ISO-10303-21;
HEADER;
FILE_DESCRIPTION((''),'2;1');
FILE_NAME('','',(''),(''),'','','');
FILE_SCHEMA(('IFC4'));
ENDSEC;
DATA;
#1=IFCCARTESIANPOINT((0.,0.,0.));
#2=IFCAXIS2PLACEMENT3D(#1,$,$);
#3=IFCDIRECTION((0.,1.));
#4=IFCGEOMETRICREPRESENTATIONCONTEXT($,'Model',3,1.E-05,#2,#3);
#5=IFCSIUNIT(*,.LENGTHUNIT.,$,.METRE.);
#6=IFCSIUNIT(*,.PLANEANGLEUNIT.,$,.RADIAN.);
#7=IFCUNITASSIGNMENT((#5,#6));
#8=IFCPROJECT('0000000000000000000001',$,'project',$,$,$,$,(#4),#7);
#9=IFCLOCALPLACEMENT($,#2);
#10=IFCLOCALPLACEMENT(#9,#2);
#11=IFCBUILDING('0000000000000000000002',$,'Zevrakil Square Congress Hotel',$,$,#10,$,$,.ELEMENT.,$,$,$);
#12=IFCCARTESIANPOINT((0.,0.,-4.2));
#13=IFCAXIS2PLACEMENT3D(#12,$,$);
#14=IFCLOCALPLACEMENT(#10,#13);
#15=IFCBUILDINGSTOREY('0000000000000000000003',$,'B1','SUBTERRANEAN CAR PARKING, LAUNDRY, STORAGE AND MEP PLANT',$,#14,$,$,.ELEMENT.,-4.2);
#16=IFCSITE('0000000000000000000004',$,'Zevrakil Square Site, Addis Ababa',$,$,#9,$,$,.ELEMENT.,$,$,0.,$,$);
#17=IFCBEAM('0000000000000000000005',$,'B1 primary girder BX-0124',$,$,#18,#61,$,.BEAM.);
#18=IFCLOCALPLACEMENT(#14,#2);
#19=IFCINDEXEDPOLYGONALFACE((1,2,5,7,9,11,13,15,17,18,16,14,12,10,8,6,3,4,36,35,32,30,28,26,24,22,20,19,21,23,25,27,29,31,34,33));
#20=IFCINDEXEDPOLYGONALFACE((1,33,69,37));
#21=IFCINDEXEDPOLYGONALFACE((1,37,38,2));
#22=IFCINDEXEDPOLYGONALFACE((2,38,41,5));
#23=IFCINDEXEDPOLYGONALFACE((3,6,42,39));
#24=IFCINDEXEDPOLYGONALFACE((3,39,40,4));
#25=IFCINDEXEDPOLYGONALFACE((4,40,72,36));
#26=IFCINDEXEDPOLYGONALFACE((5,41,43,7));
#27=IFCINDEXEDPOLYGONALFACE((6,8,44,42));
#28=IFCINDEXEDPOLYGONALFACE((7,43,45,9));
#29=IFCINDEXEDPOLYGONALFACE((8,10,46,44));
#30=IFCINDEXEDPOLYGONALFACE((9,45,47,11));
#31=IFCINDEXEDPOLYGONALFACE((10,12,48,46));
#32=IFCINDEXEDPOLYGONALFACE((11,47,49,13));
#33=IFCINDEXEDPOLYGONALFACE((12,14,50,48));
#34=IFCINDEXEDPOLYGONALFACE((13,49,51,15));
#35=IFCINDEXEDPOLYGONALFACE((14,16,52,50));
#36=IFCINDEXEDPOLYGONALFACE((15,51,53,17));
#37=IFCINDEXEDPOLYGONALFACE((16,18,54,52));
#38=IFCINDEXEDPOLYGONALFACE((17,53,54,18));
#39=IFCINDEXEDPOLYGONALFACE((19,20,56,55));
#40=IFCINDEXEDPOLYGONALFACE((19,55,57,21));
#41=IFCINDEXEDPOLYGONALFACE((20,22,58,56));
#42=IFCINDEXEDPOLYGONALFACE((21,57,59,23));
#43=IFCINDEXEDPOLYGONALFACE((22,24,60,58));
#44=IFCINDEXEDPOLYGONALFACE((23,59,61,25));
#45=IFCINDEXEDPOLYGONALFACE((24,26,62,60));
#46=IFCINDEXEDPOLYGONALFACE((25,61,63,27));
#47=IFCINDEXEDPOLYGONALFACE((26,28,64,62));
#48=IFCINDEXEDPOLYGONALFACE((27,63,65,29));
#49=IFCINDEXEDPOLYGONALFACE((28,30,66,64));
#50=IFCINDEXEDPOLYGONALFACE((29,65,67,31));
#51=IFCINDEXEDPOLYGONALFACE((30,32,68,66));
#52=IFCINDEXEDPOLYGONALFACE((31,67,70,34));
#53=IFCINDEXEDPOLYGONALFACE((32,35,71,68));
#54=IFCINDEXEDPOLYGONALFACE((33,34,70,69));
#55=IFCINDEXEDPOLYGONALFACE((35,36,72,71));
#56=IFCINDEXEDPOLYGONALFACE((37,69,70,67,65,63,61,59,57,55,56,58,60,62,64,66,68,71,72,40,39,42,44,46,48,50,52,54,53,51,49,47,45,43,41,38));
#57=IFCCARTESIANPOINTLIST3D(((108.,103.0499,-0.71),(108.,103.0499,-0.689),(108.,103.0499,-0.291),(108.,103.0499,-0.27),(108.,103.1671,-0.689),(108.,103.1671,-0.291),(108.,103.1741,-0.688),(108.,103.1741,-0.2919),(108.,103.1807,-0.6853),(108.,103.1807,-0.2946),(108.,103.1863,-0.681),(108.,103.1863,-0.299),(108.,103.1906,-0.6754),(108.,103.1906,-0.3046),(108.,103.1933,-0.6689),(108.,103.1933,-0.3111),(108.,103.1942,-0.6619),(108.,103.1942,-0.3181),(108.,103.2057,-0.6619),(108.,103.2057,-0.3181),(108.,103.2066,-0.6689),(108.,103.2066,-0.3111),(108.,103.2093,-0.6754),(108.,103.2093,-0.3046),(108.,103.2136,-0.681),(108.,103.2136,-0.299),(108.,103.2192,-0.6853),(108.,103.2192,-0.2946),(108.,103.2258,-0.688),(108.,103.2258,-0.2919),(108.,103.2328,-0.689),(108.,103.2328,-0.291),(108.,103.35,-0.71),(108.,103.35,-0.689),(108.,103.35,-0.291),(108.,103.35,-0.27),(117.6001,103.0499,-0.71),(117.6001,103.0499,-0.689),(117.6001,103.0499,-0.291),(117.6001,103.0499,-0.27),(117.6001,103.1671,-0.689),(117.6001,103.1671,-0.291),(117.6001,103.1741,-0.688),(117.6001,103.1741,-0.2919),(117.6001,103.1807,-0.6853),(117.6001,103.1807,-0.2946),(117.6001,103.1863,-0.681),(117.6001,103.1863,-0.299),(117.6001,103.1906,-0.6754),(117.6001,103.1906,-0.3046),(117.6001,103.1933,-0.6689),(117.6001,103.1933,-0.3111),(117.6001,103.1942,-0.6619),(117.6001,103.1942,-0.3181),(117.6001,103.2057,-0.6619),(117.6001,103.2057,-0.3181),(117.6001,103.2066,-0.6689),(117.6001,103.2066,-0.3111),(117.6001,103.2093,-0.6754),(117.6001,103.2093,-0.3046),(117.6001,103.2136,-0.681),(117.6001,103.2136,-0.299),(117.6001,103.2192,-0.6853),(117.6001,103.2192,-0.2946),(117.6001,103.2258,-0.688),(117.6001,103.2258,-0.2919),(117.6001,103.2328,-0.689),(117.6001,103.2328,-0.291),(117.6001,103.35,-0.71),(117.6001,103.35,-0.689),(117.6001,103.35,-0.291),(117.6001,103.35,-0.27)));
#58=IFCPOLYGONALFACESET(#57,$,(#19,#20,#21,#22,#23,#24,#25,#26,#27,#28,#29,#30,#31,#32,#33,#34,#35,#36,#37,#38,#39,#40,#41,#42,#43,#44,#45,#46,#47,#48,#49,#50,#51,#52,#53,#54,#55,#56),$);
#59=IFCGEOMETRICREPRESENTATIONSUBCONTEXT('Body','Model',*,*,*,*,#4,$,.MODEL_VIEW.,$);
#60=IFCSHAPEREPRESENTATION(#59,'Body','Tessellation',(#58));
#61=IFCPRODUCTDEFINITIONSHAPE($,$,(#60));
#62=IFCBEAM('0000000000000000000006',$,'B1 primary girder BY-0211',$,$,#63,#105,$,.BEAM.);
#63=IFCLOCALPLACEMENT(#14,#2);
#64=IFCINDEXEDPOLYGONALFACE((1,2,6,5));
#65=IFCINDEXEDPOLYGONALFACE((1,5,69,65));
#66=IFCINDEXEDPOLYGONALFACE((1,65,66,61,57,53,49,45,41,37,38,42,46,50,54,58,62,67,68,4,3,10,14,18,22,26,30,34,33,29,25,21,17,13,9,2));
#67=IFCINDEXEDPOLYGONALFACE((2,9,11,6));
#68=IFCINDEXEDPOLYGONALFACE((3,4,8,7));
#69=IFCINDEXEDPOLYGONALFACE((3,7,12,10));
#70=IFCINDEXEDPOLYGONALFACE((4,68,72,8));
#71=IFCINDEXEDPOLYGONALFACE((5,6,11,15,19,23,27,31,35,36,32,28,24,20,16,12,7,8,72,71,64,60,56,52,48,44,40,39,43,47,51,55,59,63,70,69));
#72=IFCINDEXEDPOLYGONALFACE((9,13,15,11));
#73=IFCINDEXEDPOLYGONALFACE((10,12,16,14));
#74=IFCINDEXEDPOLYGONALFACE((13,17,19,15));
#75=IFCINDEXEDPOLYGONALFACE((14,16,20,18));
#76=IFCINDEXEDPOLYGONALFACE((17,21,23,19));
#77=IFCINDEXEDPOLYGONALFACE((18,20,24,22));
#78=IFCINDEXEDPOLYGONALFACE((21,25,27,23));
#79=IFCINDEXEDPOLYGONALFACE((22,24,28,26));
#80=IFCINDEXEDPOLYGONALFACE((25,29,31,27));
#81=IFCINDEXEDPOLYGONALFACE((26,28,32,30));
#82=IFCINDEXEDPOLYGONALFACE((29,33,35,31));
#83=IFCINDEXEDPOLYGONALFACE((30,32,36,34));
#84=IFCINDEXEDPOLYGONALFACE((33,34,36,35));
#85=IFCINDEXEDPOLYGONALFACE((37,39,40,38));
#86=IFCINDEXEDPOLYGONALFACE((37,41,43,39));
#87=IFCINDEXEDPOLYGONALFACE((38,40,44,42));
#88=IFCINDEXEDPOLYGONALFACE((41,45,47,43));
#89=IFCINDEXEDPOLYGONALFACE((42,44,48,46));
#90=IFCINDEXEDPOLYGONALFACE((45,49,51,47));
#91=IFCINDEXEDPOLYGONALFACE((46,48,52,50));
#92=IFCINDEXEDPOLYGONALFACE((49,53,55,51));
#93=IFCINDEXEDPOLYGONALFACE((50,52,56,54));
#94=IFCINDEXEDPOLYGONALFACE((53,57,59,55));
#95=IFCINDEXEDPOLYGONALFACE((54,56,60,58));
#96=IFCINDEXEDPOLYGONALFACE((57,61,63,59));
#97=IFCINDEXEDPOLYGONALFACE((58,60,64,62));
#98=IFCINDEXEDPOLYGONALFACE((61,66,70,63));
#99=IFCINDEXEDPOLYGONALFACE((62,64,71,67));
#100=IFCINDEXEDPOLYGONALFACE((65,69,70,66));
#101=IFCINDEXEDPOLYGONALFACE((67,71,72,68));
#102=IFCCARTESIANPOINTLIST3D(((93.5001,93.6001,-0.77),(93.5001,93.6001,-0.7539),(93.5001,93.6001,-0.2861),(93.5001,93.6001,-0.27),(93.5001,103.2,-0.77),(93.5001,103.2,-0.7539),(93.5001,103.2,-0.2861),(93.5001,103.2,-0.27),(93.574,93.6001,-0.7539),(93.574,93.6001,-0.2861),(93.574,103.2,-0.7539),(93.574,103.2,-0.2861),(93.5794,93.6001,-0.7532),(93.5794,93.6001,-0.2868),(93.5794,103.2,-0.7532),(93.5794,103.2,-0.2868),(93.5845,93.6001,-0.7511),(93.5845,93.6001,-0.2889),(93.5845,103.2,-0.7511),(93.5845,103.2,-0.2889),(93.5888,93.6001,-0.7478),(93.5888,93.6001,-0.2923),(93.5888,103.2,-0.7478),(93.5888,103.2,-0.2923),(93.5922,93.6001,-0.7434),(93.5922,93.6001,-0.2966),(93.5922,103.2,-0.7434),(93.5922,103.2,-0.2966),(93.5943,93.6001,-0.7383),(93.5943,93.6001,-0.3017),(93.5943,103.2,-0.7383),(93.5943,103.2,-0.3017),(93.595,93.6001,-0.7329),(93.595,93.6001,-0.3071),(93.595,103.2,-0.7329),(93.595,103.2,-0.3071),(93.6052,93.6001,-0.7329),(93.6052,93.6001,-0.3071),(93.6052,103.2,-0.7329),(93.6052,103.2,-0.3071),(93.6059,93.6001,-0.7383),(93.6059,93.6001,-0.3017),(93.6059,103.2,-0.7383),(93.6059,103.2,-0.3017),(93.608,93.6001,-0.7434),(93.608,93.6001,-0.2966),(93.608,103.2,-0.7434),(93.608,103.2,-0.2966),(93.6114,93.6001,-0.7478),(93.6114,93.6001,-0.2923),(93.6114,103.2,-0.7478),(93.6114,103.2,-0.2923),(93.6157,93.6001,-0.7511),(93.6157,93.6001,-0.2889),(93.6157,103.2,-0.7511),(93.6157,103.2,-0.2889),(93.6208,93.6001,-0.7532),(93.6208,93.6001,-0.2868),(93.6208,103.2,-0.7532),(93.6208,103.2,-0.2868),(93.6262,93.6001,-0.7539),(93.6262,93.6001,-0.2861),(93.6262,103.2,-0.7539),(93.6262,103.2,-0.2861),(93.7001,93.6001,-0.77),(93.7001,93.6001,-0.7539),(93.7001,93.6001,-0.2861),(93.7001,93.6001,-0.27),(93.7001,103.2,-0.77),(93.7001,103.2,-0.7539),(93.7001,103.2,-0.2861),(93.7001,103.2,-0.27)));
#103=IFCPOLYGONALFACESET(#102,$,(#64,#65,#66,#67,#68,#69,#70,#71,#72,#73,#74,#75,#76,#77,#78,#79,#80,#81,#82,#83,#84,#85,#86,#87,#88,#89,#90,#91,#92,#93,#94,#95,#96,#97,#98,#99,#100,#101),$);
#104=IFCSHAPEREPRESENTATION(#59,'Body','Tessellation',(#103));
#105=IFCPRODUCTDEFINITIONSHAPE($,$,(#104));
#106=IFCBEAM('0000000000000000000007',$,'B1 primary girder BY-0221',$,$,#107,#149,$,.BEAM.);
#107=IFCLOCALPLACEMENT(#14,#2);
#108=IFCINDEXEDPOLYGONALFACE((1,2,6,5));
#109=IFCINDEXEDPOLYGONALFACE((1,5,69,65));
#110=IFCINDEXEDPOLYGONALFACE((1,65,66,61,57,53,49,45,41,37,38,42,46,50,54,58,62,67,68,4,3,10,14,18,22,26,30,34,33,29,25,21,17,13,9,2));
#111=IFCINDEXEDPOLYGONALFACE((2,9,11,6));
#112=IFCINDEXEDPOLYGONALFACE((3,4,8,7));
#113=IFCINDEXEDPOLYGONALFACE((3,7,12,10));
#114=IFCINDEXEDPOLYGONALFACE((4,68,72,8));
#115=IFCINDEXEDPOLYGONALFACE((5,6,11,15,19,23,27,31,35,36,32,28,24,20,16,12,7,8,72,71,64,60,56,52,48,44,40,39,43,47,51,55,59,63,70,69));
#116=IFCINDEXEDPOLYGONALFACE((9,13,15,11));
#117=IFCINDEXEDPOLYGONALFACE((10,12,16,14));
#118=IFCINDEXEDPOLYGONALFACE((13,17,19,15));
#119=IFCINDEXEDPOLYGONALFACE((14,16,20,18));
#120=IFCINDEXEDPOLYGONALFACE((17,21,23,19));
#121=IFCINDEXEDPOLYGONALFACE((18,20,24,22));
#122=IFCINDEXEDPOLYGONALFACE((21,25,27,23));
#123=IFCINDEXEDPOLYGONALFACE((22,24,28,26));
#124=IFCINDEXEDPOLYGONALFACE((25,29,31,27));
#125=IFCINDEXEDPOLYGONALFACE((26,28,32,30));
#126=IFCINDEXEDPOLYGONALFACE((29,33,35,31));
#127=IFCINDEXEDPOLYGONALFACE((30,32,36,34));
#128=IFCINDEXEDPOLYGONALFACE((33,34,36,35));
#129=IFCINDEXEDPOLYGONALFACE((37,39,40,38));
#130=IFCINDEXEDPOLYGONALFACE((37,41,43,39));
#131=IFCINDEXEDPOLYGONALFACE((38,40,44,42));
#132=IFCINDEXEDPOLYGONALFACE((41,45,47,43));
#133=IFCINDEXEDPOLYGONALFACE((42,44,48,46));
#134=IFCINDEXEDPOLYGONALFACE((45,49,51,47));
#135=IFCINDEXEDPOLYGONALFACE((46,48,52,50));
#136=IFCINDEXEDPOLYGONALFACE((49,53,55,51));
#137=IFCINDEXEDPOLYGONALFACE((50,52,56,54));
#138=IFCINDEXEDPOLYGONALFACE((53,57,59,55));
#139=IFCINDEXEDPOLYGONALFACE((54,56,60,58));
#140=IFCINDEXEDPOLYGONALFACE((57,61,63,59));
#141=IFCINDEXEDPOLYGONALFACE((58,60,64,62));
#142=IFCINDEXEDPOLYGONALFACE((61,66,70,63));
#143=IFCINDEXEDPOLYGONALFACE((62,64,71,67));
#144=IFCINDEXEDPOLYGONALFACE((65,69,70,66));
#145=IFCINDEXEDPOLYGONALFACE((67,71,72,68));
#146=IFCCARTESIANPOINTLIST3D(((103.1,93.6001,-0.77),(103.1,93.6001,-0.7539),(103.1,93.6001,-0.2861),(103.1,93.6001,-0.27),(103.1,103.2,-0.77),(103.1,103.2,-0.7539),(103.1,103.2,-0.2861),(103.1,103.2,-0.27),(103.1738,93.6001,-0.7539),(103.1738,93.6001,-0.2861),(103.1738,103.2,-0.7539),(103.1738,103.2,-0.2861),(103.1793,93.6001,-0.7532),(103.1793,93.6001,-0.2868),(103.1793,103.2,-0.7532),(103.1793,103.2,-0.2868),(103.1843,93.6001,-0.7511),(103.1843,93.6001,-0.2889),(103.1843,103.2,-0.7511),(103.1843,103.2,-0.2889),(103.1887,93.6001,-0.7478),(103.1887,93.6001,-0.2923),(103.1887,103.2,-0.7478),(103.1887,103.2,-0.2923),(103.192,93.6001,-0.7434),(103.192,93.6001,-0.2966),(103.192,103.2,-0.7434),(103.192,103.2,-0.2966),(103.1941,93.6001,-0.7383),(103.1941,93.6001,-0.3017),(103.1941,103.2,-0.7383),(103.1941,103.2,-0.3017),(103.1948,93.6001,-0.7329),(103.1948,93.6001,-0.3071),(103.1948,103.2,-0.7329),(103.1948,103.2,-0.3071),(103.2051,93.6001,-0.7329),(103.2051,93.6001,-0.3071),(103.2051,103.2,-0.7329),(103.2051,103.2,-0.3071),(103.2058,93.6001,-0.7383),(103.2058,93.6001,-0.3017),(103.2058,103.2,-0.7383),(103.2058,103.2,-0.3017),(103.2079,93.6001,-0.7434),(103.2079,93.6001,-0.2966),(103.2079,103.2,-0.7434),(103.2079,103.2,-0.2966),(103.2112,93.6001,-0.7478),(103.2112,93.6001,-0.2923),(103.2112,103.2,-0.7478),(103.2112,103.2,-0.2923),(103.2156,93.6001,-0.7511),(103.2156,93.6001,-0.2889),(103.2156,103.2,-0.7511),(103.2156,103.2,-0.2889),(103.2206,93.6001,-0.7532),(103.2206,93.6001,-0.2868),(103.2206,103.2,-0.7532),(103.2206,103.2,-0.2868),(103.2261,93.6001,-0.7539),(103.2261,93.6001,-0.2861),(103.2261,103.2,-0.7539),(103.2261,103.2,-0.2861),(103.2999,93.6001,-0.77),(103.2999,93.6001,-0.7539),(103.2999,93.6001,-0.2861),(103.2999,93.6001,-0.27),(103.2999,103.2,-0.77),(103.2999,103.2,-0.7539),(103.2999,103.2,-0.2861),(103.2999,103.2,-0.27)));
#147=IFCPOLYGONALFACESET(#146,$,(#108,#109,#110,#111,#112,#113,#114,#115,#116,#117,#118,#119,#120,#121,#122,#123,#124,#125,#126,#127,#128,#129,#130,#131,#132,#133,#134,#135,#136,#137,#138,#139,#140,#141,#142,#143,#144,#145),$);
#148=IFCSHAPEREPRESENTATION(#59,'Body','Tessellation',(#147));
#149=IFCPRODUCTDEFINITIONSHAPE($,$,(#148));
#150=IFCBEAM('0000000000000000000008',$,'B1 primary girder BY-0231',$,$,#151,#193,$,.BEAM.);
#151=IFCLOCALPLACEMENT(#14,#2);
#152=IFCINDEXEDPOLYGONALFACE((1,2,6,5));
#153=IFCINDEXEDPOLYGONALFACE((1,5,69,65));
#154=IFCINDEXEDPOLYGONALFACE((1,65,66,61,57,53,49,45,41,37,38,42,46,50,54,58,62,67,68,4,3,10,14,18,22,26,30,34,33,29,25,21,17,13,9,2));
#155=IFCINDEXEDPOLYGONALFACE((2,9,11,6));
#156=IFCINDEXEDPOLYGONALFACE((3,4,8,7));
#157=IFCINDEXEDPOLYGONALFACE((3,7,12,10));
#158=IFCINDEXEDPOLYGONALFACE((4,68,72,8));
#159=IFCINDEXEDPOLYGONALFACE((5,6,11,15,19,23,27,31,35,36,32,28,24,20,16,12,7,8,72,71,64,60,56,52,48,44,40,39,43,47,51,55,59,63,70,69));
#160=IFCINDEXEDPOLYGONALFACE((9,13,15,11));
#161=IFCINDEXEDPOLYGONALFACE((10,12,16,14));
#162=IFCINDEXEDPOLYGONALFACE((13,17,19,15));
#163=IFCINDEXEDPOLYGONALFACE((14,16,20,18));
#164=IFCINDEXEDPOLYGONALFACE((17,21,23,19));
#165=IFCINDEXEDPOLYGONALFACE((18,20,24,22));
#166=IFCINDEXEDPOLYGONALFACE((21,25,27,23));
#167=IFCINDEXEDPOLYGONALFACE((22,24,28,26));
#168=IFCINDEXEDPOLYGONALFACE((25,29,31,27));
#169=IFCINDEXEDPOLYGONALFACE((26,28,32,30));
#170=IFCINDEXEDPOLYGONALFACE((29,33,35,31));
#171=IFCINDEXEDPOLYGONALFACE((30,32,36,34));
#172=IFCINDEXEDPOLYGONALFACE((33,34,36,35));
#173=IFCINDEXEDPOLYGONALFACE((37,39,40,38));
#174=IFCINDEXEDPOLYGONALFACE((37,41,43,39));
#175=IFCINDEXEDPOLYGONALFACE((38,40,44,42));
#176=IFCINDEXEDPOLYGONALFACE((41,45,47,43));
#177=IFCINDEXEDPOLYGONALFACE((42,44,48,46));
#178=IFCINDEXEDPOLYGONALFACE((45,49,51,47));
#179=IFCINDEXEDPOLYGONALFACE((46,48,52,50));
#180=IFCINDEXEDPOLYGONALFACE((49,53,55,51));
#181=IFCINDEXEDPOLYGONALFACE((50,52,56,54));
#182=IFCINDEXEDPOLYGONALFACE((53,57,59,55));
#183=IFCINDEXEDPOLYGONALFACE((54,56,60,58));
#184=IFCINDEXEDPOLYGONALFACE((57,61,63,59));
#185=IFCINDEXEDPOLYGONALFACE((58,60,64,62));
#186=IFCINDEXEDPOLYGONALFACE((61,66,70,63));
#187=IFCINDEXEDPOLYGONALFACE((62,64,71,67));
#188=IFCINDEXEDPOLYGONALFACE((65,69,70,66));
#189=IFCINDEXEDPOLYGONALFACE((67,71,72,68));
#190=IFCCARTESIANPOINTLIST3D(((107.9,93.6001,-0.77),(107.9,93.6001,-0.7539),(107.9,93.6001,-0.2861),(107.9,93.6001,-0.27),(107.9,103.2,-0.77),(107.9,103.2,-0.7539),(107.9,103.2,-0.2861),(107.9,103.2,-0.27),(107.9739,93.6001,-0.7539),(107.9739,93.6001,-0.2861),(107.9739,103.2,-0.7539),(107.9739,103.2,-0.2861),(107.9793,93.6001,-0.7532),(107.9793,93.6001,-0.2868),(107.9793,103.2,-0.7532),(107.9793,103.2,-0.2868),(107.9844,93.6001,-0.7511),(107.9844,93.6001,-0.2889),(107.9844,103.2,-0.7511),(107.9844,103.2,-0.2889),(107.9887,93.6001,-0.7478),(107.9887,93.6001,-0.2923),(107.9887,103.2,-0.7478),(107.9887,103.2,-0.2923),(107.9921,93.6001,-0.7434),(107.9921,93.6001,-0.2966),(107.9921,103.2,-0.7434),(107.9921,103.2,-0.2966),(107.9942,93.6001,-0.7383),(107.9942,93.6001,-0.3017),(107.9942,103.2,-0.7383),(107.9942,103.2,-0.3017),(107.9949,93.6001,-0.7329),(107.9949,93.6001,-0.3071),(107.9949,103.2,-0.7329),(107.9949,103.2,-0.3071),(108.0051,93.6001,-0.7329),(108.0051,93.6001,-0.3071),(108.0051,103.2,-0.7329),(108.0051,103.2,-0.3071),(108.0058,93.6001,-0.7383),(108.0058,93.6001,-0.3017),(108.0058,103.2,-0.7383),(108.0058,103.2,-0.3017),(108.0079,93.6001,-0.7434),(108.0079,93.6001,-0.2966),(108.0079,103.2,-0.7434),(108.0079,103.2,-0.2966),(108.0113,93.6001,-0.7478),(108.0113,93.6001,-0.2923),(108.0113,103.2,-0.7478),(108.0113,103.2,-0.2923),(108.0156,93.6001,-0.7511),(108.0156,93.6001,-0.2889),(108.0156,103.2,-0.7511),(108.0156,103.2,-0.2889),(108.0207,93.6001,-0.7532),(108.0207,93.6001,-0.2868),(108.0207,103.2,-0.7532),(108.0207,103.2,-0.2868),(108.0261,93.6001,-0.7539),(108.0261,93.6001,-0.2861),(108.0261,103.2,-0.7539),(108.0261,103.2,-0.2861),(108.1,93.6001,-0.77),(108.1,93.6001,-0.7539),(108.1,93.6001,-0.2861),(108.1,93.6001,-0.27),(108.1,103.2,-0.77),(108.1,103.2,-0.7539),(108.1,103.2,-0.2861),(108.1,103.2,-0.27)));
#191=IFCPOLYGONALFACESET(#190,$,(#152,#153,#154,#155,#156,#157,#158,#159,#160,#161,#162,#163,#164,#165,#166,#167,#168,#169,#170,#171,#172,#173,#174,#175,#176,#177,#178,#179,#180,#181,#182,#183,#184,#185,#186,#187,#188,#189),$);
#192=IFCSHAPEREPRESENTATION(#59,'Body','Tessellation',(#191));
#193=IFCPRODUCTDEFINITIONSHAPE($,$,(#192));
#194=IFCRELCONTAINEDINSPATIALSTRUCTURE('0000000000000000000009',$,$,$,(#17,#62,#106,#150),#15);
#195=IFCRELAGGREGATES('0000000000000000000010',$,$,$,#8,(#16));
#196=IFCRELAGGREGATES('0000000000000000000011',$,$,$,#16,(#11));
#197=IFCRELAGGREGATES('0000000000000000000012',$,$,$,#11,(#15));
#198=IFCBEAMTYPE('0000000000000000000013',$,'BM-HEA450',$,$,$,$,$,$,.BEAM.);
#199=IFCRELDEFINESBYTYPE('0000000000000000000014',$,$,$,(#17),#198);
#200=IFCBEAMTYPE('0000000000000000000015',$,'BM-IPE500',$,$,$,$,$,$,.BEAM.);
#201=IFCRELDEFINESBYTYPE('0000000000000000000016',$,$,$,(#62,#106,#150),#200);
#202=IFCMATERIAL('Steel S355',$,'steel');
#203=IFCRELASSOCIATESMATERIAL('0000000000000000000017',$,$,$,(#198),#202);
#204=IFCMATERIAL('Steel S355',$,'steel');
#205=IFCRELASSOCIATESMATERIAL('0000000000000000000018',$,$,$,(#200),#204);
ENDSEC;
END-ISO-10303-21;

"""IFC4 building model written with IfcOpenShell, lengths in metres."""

from ifc_helpers import new_model, si_unit, direction, frame, origin, origin_2d, place, context, subcontext, project, spatial, i_section, extrude, material, material_profile, profile_set, type_object, element, save


model = new_model("IFC4")

# Units and contexts
model_context = context("Model", 3, precision=1e-05, world=origin(), true_north=direction((0.0, 1.0)))
body_context = subcontext(model_context, "Body", "Model", "MODEL_VIEW")
ifc_project = project(units=[si_unit("LENGTHUNIT", "METRE"), si_unit("PLANEANGLEUNIT", "RADIAN")], contexts=[model_context])

# Site, building, storey
site_placement = place(None, origin())
site = spatial("IfcSite", under=ifc_project, at=site_placement, Name="Zevrakil Square Site, Addis Ababa", CompositionType="ELEMENT", RefElevation=0.0)
building_placement = place(site_placement, origin())
building = spatial("IfcBuilding", under=site, at=building_placement, Name="Zevrakil Square Congress Hotel", CompositionType="ELEMENT")
storey_placement = place(building_placement, frame((0.0, 0.0, -4.2)))
storey = spatial("IfcBuildingStorey", under=building, at=storey_placement, Name="B1", Description="SUBTERRANEAN CAR PARKING, LAUNDRY, STORAGE AND MEP PLANT", CompositionType="ELEMENT", Elevation=-4.2)

# Beams
ifc_material_1 = material(Name="Steel S355", Category="steel")
ifc_material_profile_1 = material_profile(ifc_material_1, i_section(OverallWidth=0.3, OverallDepth=0.4399, WebThickness=0.0115, FlangeThickness=0.021, FilletRadius=0.0271, at=origin_2d()), Name="HEA 450")
ifc_profile_set_1 = profile_set([ifc_material_profile_1], Name="Steel S355")
beam_type_1 = type_object("IfcBeamType", Name="BM-HEA450", PredefinedType="BEAM", material=ifc_profile_set_1)
beam_1_placement = place(storey_placement, frame((108.0, 103.2, -0.49), z_axis=(1.0, 0.0, 0.0), x_axis=(0.0, 1.0, 0.0)))
element("IfcBeam", 1, at=beam_1_placement, inside=storey, type_object=beam_type_1, Name="B1 primary girder BX-0124", PredefinedType="BEAM", context=body_context, shape_type="SweptSolid", body=[
    extrude(i_section(OverallWidth=0.3, OverallDepth=0.4399, WebThickness=0.0115, FlangeThickness=0.021, FilletRadius=0.0271, at=origin_2d()), origin(), (0.0, 0.0, 1.0), 9.6001),
])
ifc_material_2 = material(Name="Steel S355", Category="steel")
ifc_material_profile_2 = material_profile(ifc_material_2, i_section(OverallWidth=0.2, OverallDepth=0.5, WebThickness=0.0103, FlangeThickness=0.0161, FilletRadius=0.021, at=origin_2d()), Name="IPE 500")
ifc_profile_set_2 = profile_set([ifc_material_profile_2], Name="Steel S355")
beam_type_2 = type_object("IfcBeamType", Name="BM-IPE500", PredefinedType="BEAM", material=ifc_profile_set_2)
for number, where, z_axis, x_axis, name in (
    (2, (93.6001, 93.6001, -0.52), (0.0, 1.0, 0.0), (-1.0, 0.0, 0.0), "B1 primary girder BY-0211"),
    (3, (103.2, 93.6001, -0.52), (0.0, 1.0, 0.0), (-1.0, 0.0, 0.0), "B1 primary girder BY-0221"),
    (4, (108.0, 93.6001, -0.52), (0.0, 1.0, 0.0), (-1.0, 0.0, 0.0), "B1 primary girder BY-0231"),
):
    element("IfcBeam", number, at=place(storey_placement, frame(where, z_axis=z_axis, x_axis=x_axis)), inside=storey, type_object=beam_type_2, Name=name, PredefinedType="BEAM", context=body_context, shape_type="SweptSolid", body=[
        extrude(i_section(OverallWidth=0.2, OverallDepth=0.5, WebThickness=0.0103, FlangeThickness=0.0161, FilletRadius=0.021, at=origin_2d()), origin(), (0.0, 0.0, 1.0), 9.5999),
    ])

save(model, "model.ifc")
